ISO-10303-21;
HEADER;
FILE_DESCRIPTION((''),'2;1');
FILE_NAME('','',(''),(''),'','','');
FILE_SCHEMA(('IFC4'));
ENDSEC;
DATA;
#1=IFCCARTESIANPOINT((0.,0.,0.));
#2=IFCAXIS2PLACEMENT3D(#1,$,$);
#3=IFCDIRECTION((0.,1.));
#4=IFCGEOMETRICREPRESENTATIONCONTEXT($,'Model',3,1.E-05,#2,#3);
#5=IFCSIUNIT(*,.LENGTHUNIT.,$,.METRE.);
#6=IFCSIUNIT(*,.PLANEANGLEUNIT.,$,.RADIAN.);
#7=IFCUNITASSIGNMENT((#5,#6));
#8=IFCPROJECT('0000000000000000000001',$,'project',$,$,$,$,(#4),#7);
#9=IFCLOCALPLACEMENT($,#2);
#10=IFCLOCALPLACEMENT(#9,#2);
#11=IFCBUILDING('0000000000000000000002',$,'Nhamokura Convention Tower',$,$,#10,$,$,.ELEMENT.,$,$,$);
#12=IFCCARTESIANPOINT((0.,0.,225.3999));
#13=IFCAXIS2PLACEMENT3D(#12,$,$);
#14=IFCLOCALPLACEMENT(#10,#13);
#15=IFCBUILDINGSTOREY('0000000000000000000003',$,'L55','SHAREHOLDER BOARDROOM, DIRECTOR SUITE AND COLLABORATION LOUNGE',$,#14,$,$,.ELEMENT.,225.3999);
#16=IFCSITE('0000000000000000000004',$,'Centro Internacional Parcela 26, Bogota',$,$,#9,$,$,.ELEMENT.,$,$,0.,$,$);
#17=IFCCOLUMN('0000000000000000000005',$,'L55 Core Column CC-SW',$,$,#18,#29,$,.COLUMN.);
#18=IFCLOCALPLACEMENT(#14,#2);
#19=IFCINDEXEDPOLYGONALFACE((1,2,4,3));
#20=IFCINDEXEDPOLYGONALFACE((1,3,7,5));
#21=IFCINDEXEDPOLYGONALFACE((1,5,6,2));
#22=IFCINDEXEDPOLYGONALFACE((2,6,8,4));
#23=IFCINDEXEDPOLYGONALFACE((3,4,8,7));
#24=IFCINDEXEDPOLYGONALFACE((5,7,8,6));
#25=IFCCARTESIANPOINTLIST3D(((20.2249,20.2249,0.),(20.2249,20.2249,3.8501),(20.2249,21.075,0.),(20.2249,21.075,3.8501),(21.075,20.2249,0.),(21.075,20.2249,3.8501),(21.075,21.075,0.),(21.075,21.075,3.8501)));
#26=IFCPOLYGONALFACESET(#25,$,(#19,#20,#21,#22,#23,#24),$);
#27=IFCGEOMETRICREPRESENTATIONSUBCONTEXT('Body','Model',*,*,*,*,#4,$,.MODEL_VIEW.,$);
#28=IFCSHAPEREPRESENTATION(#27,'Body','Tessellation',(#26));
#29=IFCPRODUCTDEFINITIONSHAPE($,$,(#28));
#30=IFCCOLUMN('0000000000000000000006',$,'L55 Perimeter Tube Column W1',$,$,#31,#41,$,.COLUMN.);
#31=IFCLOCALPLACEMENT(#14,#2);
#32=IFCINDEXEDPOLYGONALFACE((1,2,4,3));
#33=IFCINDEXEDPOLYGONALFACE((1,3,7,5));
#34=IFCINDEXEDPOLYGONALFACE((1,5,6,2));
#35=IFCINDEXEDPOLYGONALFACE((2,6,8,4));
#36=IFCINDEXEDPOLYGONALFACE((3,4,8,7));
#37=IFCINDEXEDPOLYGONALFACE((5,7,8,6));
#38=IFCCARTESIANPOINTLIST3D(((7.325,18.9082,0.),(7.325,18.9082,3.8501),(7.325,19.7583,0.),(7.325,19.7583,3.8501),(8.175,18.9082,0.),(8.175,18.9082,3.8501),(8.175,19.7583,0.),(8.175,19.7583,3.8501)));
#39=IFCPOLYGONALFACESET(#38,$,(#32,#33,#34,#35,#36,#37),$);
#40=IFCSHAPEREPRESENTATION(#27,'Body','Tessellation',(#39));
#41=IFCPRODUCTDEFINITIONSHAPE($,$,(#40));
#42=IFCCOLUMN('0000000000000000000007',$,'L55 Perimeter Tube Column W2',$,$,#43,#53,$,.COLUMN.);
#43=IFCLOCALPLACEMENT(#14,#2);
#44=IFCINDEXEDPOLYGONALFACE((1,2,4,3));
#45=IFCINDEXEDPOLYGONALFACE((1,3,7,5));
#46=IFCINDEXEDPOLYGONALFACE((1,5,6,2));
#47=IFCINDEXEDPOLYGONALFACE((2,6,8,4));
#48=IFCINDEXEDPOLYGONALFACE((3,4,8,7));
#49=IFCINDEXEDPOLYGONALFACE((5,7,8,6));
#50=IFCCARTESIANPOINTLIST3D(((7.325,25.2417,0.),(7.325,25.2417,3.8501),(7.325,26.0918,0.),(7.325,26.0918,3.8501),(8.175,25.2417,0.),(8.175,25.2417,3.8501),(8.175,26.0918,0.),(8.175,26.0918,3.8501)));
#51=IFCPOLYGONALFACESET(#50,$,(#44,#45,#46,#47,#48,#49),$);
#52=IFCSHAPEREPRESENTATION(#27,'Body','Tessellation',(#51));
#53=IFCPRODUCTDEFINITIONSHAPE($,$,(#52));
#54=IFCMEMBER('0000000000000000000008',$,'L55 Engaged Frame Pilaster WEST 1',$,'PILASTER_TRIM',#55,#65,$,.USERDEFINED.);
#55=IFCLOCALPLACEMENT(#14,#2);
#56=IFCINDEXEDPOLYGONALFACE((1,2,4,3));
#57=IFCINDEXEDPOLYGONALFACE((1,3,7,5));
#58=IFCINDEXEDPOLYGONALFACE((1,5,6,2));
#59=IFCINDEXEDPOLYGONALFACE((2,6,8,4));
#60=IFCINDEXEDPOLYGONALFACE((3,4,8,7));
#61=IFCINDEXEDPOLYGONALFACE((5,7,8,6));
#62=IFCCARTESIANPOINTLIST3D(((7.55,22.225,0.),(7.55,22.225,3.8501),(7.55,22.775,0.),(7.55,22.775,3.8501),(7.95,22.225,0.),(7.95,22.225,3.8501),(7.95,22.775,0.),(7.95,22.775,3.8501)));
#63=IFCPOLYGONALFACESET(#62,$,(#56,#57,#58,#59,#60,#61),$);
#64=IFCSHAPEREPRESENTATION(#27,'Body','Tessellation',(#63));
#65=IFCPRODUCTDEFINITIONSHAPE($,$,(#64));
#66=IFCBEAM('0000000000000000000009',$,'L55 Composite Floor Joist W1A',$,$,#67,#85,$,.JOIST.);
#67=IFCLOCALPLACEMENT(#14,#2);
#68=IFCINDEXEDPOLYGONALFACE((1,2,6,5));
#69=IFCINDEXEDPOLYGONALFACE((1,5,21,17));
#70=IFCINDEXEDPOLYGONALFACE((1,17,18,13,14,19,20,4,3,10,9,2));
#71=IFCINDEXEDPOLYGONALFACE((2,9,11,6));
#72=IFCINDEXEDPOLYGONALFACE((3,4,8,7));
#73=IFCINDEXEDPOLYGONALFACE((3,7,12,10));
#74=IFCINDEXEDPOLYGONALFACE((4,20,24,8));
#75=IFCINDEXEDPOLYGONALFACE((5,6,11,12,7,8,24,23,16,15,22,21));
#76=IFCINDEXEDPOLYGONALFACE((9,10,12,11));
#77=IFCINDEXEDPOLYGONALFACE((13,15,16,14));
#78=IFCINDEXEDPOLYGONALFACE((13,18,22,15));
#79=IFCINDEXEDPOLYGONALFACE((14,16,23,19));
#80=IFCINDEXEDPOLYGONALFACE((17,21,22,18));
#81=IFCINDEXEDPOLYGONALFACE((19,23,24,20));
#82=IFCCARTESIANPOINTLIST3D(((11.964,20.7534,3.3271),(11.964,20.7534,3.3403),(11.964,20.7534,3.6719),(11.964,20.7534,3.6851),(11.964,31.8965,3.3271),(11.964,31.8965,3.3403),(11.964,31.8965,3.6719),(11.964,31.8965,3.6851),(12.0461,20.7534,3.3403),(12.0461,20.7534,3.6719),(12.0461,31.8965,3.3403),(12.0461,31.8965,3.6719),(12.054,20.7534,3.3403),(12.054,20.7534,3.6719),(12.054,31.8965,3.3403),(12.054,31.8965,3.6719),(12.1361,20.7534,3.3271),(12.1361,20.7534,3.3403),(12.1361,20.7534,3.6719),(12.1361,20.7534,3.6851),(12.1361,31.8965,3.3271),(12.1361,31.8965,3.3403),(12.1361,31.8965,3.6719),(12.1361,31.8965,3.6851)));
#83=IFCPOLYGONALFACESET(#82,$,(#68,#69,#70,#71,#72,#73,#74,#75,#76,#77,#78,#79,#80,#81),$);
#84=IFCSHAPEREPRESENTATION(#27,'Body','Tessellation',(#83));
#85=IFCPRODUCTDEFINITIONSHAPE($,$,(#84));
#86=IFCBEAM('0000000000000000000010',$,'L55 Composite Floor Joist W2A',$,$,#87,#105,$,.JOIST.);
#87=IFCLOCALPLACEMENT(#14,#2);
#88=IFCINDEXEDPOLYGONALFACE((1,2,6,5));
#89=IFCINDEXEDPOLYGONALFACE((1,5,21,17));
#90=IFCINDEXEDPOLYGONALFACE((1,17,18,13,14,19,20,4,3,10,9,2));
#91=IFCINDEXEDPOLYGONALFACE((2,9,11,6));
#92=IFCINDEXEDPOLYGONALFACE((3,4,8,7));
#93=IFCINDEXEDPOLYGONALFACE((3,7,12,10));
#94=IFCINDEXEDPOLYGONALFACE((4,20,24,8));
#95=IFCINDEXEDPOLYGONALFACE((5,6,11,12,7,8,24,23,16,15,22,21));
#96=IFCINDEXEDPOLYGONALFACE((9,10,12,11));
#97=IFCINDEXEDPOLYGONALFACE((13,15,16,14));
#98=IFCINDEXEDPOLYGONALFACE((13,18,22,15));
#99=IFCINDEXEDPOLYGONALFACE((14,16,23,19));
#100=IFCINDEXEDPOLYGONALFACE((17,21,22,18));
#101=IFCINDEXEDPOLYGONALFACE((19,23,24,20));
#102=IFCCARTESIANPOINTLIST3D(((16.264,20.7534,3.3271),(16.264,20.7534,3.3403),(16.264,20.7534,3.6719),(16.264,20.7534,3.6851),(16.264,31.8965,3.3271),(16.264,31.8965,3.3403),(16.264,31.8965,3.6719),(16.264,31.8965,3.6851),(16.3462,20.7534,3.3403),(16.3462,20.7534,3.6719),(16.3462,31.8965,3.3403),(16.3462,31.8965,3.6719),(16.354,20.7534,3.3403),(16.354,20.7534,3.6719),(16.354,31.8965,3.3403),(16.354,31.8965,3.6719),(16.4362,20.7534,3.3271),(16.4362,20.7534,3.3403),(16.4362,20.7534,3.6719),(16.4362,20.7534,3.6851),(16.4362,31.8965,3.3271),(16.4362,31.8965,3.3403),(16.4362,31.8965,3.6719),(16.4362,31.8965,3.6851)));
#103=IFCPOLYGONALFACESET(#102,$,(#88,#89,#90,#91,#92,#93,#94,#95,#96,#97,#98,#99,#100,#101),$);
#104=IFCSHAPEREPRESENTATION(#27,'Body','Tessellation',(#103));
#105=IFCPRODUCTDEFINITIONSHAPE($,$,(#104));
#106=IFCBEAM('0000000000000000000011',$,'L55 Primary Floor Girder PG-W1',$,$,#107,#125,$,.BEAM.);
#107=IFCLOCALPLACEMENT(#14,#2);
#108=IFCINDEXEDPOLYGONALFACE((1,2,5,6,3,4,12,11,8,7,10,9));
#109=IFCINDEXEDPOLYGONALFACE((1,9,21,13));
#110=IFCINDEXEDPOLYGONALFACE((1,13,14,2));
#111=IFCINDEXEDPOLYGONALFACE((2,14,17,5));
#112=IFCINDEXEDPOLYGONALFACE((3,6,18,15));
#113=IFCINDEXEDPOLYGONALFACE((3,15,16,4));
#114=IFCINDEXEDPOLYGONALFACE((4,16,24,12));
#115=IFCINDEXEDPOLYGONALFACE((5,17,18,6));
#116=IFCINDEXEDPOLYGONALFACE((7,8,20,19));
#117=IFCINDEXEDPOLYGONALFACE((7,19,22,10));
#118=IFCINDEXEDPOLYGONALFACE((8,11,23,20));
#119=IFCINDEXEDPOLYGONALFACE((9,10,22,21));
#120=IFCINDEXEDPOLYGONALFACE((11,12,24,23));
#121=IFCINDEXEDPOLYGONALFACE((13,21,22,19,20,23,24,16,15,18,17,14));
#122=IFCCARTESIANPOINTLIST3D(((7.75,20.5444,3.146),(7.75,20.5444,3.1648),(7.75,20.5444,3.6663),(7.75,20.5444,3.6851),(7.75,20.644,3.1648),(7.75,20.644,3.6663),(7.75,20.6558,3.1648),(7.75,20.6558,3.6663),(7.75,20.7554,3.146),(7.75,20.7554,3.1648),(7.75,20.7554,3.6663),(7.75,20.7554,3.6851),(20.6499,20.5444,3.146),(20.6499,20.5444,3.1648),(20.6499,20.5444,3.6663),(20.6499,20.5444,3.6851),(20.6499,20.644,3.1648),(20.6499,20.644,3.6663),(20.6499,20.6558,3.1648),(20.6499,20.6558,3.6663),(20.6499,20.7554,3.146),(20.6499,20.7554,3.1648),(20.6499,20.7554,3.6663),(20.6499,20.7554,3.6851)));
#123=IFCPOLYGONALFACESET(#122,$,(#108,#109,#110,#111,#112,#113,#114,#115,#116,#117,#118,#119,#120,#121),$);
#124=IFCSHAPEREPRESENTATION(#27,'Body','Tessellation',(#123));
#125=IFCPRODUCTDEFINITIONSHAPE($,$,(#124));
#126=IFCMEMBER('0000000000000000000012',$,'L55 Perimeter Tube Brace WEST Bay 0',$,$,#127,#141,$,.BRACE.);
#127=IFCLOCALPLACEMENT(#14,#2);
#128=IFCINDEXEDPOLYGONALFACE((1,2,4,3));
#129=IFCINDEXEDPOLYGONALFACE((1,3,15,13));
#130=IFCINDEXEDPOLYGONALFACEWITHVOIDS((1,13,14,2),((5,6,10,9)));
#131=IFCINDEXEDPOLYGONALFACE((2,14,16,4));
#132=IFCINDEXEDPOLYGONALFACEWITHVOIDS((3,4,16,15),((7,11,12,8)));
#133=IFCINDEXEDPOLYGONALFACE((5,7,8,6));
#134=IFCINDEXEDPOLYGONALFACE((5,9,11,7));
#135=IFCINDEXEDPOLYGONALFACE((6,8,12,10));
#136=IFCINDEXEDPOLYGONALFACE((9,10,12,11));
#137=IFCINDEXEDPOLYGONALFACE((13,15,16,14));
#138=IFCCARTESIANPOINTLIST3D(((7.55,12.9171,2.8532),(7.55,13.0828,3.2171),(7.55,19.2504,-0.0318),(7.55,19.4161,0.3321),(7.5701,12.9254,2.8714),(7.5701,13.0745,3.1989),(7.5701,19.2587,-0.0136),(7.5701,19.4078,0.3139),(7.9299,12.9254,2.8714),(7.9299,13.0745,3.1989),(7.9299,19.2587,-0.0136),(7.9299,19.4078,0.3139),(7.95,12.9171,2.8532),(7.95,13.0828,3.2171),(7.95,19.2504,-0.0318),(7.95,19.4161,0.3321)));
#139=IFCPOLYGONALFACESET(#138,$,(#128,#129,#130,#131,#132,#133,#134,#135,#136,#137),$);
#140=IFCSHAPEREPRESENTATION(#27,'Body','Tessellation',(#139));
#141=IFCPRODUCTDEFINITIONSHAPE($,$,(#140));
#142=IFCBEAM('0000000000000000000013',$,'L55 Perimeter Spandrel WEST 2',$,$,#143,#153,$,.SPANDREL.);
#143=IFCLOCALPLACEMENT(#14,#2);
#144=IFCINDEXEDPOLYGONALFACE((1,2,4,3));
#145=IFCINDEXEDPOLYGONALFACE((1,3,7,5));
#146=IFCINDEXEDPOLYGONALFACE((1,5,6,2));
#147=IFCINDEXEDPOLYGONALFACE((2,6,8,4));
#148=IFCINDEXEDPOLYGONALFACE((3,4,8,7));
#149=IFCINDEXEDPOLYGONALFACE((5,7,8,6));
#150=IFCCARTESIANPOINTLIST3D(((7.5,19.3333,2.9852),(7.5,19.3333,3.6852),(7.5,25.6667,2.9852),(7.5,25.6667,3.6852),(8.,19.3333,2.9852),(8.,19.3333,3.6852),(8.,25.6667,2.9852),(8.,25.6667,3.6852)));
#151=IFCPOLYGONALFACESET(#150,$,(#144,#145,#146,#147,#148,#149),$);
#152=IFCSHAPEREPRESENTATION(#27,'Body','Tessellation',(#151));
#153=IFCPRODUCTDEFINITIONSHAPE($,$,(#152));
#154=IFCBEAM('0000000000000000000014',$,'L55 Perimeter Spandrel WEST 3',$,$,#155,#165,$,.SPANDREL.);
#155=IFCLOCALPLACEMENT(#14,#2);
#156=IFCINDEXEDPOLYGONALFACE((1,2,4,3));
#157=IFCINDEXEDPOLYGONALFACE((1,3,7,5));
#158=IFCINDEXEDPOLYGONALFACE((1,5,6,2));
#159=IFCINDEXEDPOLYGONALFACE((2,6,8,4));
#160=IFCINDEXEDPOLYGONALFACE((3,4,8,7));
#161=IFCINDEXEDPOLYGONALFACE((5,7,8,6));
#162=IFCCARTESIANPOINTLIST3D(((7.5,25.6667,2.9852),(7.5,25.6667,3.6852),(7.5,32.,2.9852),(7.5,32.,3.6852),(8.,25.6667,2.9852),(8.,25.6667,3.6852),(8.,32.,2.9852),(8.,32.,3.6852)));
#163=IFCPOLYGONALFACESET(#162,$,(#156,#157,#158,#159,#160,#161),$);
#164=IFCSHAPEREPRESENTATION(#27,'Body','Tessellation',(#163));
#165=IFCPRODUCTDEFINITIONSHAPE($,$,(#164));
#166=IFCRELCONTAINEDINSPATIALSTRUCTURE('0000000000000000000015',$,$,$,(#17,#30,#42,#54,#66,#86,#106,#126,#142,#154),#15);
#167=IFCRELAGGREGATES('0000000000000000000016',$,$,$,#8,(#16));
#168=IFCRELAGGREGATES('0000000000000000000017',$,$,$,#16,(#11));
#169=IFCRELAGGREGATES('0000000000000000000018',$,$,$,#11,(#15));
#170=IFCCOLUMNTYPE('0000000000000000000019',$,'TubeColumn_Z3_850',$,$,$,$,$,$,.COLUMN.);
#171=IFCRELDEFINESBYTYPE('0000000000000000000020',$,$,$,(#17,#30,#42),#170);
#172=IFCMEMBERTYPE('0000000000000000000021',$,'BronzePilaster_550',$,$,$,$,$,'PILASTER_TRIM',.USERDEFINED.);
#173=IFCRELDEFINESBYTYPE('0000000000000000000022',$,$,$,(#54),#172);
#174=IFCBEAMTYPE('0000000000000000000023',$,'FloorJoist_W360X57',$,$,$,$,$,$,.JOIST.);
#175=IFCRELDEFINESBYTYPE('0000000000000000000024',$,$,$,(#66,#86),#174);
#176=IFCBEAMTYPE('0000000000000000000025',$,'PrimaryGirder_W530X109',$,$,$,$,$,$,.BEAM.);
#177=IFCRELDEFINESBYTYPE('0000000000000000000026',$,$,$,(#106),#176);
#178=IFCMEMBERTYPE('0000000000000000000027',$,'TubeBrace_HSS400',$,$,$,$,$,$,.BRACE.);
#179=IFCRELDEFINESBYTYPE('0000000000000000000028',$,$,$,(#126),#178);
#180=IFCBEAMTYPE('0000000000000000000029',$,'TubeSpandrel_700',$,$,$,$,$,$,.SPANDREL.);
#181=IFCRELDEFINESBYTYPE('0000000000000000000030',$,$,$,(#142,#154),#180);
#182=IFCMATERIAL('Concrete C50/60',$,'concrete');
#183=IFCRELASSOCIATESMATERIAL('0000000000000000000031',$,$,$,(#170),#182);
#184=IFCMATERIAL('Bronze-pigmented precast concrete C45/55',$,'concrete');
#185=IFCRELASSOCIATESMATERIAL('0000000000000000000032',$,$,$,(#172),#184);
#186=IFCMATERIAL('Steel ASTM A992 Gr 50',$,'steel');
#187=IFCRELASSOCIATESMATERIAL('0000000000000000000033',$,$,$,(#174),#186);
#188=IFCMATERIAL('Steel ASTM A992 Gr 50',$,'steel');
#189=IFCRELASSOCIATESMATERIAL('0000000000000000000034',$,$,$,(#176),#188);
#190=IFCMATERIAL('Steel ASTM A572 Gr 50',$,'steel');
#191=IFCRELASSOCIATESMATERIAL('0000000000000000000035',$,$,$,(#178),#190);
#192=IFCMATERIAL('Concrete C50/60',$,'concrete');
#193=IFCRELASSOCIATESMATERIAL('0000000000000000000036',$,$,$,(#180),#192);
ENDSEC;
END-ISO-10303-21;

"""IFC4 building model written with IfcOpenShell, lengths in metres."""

from ifc_helpers import new_model, si_unit, direction, frame, origin, origin_2d, place, context, subcontext, project, spatial, rectangle, hollow_rectangle, i_section, extrude, material, material_profile, profile_set, type_object, element, save


model = new_model("IFC4")

# Units and contexts
model_context = context("Model", 3, precision=1e-05, world=origin(), true_north=direction((0.0, 1.0)))
body_context = subcontext(model_context, "Body", "Model", "MODEL_VIEW")
ifc_project = project(units=[si_unit("LENGTHUNIT", "METRE"), si_unit("PLANEANGLEUNIT", "RADIAN")], contexts=[model_context])

# Site, building, storey
site_placement = place(None, origin())
site = spatial("IfcSite", under=ifc_project, at=site_placement, Name="Centro Internacional Parcela 26, Bogota", CompositionType="ELEMENT", RefElevation=0.0)
building_placement = place(site_placement, origin())
building = spatial("IfcBuilding", under=site, at=building_placement, Name="Nhamokura Convention Tower", CompositionType="ELEMENT")
storey_placement = place(building_placement, frame((0.0, 0.0, 225.3999)))
storey = spatial("IfcBuildingStorey", under=building, at=storey_placement, Name="L55", Description="SHAREHOLDER BOARDROOM, DIRECTOR SUITE AND COLLABORATION LOUNGE", CompositionType="ELEMENT", Elevation=225.3999)

# Columns
ifc_material_1 = material(Name="Concrete C50/60", Category="concrete")
ifc_material_profile_1 = material_profile(ifc_material_1, rectangle(XDim=0.8501, YDim=0.8501, at=origin_2d()))
ifc_profile_set_1 = profile_set([ifc_material_profile_1], Name="Concrete C50/60")
column_type = type_object("IfcColumnType", Name="TubeColumn_Z3_850", PredefinedType="COLUMN", material=ifc_profile_set_1)
for number, where, z_axis, x_axis, name in (
    (1, (20.6499, 20.6499, 0.0), (0.0, 0.0, 1.0), (1.0, 0.0, 0.0), "L55 Core Column CC-SW"),
    (2, (7.75, 19.3333, 0.0), (0.0, 0.0, 1.0), (1.0, 0.0, 0.0), "L55 Perimeter Tube Column W1"),
    (3, (7.75, 25.6667, 0.0), (0.0, 0.0, 1.0), (1.0, 0.0, 0.0), "L55 Perimeter Tube Column W2"),
):
    element("IfcColumn", number, at=place(storey_placement, frame(where, z_axis=z_axis, x_axis=x_axis)), inside=storey, type_object=column_type, Name=name, PredefinedType="COLUMN", context=body_context, shape_type="SweptSolid", body=[
        extrude(rectangle(XDim=0.8501, YDim=0.8501, at=origin_2d()), origin(), (0.0, 0.0, 1.0), 3.8501),
    ])

# Member
ifc_material_2 = material(Name="Bronze-pigmented precast concrete C45/55", Category="concrete")
ifc_material_profile_2 = material_profile(ifc_material_2, rectangle(XDim=0.3999, YDim=0.55, at=origin_2d()))
ifc_profile_set_2 = profile_set([ifc_material_profile_2], Name="Bronze-pigmented precast concrete C45/55")
member_type_1 = type_object("IfcMemberType", Name="BronzePilaster_550", ElementType="PILASTER_TRIM", PredefinedType="USERDEFINED", material=ifc_profile_set_2)
member_1_placement = place(storey_placement, frame((7.75, 22.5, 0.0), z_axis=(0.0, 0.0, 1.0), x_axis=(1.0, 0.0, 0.0)))
element("IfcMember", 4, at=member_1_placement, inside=storey, type_object=member_type_1, Name="L55 Engaged Frame Pilaster WEST 1", ObjectType="PILASTER_TRIM", PredefinedType="USERDEFINED", context=body_context, shape_type="SweptSolid", body=[
    extrude(rectangle(XDim=0.3999, YDim=0.55, at=origin_2d()), origin(), (0.0, 0.0, 1.0), 3.8501),
])

# Beams
ifc_material_3 = material(Name="Steel ASTM A992 Gr 50", Category="steel")
ifc_material_profile_3 = material_profile(ifc_material_3, i_section(OverallWidth=0.1721, OverallDepth=0.3579, WebThickness=0.0078, FlangeThickness=0.0132, at=origin_2d()))
ifc_profile_set_3 = profile_set([ifc_material_profile_3], Name="Steel ASTM A992 Gr 50")
beam_type_1 = type_object("IfcBeamType", Name="FloorJoist_W360X57", PredefinedType="JOIST", material=ifc_profile_set_3)
for number, where, z_axis, x_axis, name in (
    (5, (12.05, 20.7534, 3.5061), (0.0, 1.0, 0.0), (-1.0, 0.0, 0.0), "L55 Composite Floor Joist W1A"),
    (6, (16.3501, 20.7534, 3.5061), (0.0, 1.0, 0.0), (-1.0, 0.0, 0.0), "L55 Composite Floor Joist W2A"),
):
    element("IfcBeam", number, at=place(storey_placement, frame(where, z_axis=z_axis, x_axis=x_axis)), inside=storey, type_object=beam_type_1, Name=name, PredefinedType="JOIST", context=body_context, shape_type="SweptSolid", body=[
        extrude(i_section(OverallWidth=0.1721, OverallDepth=0.3579, WebThickness=0.0078, FlangeThickness=0.0132, at=origin_2d()), origin(), (0.0, 0.0, 1.0), 11.1431),
    ])
ifc_material_4 = material(Name="Steel ASTM A992 Gr 50", Category="steel")
ifc_material_profile_4 = material_profile(ifc_material_4, i_section(OverallWidth=0.2109, OverallDepth=0.5391, WebThickness=0.0117, FlangeThickness=0.0188, at=origin_2d()))
ifc_profile_set_4 = profile_set([ifc_material_profile_4], Name="Steel ASTM A992 Gr 50")
beam_type_2 = type_object("IfcBeamType", Name="PrimaryGirder_W530X109", PredefinedType="BEAM", material=ifc_profile_set_4)
beam_1_placement = place(storey_placement, frame((7.75, 20.6499, 3.4155), z_axis=(1.0, 0.0, 0.0), x_axis=(0.0, 1.0, 0.0)))
element("IfcBeam", 7, at=beam_1_placement, inside=storey, type_object=beam_type_2, Name="L55 Primary Floor Girder PG-W1", PredefinedType="BEAM", context=body_context, shape_type="SweptSolid", body=[
    extrude(i_section(OverallWidth=0.2109, OverallDepth=0.5391, WebThickness=0.0117, FlangeThickness=0.0188, at=origin_2d()), origin(), (0.0, 0.0, 1.0), 12.8999),
])

# Member
ifc_material_5 = material(Name="Steel ASTM A572 Gr 50", Category="steel")
ifc_material_profile_5 = material_profile(ifc_material_5, hollow_rectangle(XDim=0.3999, YDim=0.3999, WallThickness=0.02, at=origin_2d()))
ifc_profile_set_5 = profile_set([ifc_material_profile_5], Name="Steel ASTM A572 Gr 50")
member_type_2 = type_object("IfcMemberType", Name="TubeBrace_HSS400", PredefinedType="BRACE", material=ifc_profile_set_5)
member_2_placement = place(storey_placement, frame((7.75, 19.3333, 0.1501), z_axis=(0.0, -0.910027, 0.414548), x_axis=(1.0, 0.0, 0.0)))
element("IfcMember", 8, at=member_2_placement, inside=storey, type_object=member_type_2, Name="L55 Perimeter Tube Brace WEST Bay 0", PredefinedType="BRACE", context=body_context, shape_type="SweptSolid", body=[
    extrude(hollow_rectangle(XDim=0.3999, YDim=0.3999, WallThickness=0.02, at=origin_2d()), origin(), (0.0, 0.0, 1.0), 6.9595),
])

# Beams
ifc_material_6 = material(Name="Concrete C50/60", Category="concrete")
ifc_material_profile_6 = material_profile(ifc_material_6, rectangle(XDim=0.5, YDim=0.7, at=origin_2d()))
ifc_profile_set_6 = profile_set([ifc_material_profile_6], Name="Concrete C50/60")
beam_type_3 = type_object("IfcBeamType", Name="TubeSpandrel_700", PredefinedType="SPANDREL", material=ifc_profile_set_6)
beam_2_placement = place(storey_placement, frame((7.75, 19.3333, 3.3352), z_axis=(0.0, 1.0, 0.0), x_axis=(-1.0, 0.0, 0.0)))
element("IfcBeam", 9, at=beam_2_placement, inside=storey, type_object=beam_type_3, Name="L55 Perimeter Spandrel WEST 2", PredefinedType="SPANDREL", context=body_context, shape_type="SweptSolid", body=[
    extrude(rectangle(XDim=0.5, YDim=0.7, at=origin_2d()), origin(), (0.0, 0.0, 1.0), 6.3335),
])
beam_3_placement = place(storey_placement, frame((7.75, 25.6667, 3.3352), z_axis=(0.0, 1.0, 0.0), x_axis=(-1.0, 0.0, 0.0)))
element("IfcBeam", 10, at=beam_3_placement, inside=storey, type_object=beam_type_3, Name="L55 Perimeter Spandrel WEST 3", PredefinedType="SPANDREL", context=body_context, shape_type="SweptSolid", body=[
    extrude(rectangle(XDim=0.5, YDim=0.7, at=origin_2d()), origin(), (0.0, 0.0, 1.0), 6.3333),
])

save(model, "model.ifc")
